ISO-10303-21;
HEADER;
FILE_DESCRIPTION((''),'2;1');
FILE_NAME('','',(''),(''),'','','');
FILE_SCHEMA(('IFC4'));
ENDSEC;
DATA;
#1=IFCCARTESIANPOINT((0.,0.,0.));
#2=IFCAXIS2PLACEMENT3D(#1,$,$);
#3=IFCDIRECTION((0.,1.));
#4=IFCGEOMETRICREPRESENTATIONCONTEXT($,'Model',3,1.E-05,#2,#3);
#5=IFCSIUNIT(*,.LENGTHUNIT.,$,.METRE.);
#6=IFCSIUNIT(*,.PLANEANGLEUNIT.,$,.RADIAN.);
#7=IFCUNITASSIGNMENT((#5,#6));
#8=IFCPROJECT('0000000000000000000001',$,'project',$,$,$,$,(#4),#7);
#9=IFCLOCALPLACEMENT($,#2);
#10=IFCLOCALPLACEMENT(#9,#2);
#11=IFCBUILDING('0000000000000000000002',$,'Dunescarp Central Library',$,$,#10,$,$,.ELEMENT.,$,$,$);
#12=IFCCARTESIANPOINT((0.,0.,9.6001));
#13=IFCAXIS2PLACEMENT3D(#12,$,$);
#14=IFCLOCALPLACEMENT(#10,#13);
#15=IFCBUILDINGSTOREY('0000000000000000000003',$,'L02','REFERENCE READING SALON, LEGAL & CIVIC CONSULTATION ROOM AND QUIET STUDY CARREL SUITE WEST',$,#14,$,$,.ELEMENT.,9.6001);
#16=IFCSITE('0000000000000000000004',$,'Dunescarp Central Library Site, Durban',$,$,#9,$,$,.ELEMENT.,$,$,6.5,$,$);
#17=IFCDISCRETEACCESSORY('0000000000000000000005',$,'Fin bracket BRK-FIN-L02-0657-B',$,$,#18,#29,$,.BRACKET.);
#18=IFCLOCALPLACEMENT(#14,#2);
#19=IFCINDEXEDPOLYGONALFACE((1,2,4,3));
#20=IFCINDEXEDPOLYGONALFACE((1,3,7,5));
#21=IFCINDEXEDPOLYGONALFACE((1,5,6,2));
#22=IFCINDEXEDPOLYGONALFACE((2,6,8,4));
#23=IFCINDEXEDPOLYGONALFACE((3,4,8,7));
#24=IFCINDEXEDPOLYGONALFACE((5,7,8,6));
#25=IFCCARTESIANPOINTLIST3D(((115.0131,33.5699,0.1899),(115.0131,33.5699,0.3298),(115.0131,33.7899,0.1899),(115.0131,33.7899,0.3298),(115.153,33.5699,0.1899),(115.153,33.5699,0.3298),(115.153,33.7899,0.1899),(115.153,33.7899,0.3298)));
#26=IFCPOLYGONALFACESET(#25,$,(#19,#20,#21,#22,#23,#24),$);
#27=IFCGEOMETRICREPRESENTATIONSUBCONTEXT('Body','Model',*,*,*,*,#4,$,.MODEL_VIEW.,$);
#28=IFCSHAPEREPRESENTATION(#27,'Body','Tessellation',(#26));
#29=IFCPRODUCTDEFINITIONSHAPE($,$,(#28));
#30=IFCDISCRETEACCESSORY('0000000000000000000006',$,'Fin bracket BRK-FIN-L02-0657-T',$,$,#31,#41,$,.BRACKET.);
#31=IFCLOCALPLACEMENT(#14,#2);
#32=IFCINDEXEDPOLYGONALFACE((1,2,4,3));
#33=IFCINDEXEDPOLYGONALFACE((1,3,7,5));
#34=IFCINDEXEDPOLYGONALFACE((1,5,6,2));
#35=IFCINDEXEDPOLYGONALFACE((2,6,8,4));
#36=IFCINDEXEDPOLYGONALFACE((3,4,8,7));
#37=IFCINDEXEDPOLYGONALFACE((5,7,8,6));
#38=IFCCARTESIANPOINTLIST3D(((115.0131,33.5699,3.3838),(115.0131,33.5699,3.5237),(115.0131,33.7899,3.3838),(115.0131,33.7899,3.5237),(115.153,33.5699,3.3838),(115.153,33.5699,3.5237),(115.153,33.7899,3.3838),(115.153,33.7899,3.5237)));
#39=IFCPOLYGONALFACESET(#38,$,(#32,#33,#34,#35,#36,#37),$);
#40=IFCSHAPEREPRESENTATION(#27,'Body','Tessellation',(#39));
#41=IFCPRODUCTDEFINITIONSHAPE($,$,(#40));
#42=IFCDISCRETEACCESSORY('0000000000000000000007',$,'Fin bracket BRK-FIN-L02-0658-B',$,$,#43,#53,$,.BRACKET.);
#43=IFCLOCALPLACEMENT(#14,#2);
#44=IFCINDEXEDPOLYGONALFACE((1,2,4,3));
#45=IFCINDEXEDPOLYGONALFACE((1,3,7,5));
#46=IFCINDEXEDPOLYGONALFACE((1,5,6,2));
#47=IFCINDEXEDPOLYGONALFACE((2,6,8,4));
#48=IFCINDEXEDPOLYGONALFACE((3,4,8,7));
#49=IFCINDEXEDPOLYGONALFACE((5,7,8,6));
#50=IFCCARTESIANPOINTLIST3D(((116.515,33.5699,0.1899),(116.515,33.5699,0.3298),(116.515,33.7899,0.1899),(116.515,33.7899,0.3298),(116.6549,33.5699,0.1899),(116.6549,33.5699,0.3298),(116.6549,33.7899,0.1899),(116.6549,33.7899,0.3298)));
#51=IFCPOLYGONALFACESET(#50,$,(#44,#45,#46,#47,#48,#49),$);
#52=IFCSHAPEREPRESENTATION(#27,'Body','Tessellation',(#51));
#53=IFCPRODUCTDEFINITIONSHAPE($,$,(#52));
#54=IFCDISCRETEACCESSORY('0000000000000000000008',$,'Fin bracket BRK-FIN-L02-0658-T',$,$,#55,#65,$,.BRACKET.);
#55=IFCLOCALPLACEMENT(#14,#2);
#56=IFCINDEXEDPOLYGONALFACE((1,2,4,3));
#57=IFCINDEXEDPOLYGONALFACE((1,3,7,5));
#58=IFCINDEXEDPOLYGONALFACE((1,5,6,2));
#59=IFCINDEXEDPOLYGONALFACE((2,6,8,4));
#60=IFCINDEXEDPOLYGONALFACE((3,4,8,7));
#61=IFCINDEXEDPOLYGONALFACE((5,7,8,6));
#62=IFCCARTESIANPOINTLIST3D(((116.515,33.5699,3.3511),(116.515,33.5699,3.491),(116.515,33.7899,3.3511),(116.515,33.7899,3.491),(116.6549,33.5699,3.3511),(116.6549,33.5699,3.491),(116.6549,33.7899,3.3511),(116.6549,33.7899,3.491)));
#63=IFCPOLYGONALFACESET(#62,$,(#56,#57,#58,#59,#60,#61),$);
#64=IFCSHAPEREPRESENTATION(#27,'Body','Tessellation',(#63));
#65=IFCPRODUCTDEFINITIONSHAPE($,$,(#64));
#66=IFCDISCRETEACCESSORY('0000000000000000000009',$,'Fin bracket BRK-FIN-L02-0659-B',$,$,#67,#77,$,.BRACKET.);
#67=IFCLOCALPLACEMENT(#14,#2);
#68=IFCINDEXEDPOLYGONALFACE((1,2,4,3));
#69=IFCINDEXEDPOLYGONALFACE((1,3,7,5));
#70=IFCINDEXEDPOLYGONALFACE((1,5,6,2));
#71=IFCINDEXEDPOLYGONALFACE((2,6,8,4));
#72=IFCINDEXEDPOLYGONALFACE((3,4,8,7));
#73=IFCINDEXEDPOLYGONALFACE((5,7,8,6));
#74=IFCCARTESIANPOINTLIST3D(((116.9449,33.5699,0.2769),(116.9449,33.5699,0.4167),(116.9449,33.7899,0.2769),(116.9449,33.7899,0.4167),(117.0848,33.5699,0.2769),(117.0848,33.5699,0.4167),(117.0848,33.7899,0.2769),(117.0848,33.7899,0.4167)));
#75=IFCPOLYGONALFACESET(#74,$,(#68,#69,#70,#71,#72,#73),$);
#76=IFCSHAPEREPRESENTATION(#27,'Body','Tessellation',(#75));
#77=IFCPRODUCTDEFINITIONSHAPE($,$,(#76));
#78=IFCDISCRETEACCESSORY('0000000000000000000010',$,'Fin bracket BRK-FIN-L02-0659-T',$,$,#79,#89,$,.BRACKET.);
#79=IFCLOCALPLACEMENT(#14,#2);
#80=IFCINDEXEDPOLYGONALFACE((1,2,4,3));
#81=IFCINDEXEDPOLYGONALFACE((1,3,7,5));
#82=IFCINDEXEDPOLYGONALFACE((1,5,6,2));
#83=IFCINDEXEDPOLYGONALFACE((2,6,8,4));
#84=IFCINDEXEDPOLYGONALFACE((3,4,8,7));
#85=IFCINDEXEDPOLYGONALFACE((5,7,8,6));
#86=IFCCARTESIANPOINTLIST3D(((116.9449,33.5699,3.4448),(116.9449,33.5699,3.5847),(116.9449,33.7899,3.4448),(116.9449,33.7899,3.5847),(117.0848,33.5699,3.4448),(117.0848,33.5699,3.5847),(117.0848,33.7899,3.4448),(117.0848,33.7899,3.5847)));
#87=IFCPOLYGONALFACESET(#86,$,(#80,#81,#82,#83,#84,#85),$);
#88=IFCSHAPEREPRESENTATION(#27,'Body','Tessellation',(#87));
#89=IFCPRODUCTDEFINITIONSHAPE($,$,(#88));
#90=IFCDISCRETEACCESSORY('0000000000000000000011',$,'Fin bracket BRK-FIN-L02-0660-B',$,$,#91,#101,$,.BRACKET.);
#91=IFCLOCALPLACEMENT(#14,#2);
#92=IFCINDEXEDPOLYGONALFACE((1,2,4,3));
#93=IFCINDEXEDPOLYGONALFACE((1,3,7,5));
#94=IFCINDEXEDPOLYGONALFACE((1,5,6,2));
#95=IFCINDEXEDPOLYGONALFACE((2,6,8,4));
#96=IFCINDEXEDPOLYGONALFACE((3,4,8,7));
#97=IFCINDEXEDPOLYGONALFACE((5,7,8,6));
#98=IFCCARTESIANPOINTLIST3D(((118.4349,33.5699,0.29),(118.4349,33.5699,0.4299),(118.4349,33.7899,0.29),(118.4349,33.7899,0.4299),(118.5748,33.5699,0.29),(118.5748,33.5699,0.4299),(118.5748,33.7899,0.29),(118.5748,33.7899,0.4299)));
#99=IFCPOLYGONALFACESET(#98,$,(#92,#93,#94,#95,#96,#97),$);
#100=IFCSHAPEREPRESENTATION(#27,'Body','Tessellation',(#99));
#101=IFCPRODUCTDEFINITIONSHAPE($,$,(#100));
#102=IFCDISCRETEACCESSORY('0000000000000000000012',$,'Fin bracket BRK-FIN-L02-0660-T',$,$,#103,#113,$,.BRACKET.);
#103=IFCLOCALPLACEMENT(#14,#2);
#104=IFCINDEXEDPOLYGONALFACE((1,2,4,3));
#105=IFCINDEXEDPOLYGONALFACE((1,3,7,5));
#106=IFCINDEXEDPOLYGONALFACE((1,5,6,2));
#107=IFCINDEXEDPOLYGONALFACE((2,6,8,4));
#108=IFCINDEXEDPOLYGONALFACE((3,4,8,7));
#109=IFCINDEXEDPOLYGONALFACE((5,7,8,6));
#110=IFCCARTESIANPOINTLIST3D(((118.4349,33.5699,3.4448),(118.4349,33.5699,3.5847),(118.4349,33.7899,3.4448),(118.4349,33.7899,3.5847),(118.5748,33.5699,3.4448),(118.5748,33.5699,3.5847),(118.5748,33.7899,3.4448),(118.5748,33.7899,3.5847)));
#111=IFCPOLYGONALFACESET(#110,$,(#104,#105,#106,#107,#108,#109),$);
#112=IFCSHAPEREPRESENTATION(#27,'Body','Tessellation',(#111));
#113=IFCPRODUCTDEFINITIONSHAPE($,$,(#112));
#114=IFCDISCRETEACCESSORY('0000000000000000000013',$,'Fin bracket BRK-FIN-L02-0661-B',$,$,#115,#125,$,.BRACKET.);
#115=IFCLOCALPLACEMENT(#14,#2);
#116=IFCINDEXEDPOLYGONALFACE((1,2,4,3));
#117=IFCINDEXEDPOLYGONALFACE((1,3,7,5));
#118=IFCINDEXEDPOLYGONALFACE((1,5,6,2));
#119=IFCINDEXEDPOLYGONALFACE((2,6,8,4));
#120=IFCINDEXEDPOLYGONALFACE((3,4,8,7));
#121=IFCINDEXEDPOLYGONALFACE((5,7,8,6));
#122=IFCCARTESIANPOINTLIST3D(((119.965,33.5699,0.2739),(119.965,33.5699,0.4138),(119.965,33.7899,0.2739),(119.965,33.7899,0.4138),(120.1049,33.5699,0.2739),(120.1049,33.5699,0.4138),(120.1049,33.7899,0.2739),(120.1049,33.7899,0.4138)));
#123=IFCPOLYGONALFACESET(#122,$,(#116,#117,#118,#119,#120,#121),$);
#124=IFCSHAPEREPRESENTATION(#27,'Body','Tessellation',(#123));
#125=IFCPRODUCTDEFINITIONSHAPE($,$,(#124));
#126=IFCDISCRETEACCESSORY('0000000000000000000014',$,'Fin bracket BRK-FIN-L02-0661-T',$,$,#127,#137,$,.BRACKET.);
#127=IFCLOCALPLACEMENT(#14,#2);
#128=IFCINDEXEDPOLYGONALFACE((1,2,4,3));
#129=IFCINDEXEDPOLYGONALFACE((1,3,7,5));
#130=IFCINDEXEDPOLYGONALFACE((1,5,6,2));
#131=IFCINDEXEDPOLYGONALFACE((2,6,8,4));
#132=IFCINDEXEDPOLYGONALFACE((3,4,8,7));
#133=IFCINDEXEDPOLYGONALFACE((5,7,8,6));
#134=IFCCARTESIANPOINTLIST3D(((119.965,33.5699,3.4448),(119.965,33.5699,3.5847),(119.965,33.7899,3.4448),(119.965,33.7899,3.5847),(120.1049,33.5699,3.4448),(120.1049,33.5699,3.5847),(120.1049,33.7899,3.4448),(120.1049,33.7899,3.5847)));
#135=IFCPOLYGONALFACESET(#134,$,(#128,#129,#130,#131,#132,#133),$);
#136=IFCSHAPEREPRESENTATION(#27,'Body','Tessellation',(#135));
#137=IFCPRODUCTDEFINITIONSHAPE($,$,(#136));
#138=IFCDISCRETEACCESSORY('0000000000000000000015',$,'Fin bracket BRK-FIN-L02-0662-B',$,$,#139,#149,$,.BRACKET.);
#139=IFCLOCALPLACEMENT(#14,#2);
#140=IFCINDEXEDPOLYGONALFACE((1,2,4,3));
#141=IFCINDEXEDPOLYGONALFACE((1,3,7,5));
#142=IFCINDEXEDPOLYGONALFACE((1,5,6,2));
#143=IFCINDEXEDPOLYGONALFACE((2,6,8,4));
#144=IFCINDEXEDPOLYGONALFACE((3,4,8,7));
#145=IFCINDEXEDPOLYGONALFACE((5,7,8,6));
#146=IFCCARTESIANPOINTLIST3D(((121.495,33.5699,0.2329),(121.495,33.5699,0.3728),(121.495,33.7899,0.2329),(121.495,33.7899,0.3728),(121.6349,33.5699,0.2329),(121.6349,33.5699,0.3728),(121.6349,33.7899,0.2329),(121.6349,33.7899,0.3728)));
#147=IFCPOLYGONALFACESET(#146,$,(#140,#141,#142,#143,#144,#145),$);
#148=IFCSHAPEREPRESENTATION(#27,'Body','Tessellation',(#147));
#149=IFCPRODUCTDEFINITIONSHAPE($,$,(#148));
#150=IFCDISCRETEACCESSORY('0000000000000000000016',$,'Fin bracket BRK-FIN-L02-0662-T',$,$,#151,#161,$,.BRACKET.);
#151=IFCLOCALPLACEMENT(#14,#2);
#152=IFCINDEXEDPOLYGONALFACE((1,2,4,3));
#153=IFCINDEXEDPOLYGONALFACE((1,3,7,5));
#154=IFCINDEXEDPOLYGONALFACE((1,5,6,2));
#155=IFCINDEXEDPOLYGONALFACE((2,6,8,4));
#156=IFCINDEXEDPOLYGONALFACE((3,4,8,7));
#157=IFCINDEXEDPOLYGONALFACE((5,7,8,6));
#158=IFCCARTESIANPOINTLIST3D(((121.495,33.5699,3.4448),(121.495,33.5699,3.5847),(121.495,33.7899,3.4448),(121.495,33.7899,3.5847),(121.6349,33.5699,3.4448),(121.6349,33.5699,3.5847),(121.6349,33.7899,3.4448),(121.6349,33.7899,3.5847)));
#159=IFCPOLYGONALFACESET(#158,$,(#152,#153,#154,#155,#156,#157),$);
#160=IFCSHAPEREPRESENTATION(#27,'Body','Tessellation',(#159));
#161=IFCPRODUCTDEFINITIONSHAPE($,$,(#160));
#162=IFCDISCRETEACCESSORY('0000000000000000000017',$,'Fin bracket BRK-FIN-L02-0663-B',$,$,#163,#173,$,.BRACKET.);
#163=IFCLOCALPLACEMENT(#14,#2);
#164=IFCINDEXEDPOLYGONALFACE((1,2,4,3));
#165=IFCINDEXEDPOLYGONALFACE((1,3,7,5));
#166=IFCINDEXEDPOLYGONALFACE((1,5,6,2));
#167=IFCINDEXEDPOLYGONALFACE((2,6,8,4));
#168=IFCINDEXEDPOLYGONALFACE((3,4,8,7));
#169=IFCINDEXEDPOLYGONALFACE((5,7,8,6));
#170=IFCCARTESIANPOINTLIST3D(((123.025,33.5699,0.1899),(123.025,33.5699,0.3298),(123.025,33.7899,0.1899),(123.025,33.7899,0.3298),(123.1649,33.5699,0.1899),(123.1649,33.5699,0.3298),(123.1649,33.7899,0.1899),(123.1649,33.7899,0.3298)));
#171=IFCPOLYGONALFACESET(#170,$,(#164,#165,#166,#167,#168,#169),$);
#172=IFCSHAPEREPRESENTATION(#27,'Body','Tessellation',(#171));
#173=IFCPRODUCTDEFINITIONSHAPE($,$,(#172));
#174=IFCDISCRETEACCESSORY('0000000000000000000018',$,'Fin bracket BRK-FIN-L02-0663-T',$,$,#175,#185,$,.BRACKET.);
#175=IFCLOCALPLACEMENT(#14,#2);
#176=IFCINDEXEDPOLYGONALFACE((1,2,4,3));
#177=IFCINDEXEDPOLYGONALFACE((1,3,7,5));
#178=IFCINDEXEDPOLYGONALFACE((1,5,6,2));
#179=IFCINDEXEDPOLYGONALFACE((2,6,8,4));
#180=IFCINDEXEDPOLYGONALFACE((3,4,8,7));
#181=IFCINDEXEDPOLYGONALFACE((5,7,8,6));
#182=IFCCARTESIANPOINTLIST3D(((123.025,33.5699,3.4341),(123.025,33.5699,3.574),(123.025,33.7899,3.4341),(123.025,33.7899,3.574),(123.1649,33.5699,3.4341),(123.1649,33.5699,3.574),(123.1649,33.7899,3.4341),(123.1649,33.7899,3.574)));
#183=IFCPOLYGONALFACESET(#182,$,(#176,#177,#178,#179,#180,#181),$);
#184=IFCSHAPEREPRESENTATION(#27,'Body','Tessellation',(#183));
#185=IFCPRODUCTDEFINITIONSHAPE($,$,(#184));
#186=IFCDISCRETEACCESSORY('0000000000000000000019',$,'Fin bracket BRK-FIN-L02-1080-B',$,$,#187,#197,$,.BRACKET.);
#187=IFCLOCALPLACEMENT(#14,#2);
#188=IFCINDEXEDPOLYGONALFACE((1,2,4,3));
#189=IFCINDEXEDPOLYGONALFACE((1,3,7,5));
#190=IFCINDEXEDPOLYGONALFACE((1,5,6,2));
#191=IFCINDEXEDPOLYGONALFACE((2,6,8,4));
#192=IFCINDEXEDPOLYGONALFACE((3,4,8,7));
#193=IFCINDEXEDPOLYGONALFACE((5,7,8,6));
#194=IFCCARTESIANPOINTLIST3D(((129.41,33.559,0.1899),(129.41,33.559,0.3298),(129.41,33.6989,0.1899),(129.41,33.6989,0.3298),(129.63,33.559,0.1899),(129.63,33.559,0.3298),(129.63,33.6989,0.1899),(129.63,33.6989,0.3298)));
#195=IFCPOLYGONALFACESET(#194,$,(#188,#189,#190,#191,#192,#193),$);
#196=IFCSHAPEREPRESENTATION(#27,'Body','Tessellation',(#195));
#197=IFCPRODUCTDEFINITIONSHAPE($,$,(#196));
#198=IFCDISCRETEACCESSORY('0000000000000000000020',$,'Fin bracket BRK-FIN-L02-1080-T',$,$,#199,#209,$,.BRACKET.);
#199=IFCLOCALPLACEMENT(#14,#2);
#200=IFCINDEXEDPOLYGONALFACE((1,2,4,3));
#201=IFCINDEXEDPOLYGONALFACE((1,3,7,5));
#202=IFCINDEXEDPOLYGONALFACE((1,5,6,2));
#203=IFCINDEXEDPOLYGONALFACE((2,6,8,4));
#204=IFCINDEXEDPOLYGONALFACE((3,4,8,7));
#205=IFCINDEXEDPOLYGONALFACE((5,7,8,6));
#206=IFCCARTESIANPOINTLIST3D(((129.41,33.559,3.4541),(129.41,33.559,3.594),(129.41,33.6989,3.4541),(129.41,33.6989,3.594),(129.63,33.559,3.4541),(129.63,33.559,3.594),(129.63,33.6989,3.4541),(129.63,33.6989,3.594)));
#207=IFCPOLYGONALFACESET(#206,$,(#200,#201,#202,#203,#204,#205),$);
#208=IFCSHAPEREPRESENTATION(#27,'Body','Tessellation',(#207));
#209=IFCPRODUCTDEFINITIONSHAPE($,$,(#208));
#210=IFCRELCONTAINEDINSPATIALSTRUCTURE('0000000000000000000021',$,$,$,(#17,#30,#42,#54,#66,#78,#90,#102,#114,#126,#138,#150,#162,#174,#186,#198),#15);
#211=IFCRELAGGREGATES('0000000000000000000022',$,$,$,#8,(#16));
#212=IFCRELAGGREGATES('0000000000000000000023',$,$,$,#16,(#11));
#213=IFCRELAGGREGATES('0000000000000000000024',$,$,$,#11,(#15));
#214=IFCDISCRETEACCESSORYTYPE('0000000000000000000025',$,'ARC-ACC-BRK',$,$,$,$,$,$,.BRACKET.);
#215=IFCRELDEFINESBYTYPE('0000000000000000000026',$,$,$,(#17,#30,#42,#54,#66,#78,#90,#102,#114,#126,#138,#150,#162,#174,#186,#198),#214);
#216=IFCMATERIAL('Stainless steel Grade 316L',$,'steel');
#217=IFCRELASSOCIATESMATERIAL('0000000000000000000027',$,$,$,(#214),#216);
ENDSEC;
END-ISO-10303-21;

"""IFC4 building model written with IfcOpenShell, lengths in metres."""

from ifc_helpers import new_model, si_unit, direction, frame, origin, origin_2d, place, context, subcontext, project, spatial, rectangle, extrude, material, type_object, element, save


model = new_model("IFC4")

# Units and contexts
model_context = context("Model", 3, precision=1e-05, world=origin(), true_north=direction((0.0, 1.0)))
body_context = subcontext(model_context, "Body", "Model", "MODEL_VIEW")
ifc_project = project(units=[si_unit("LENGTHUNIT", "METRE"), si_unit("PLANEANGLEUNIT", "RADIAN")], contexts=[model_context])

# Site, building, storey
site_placement = place(None, origin())
site = spatial("IfcSite", under=ifc_project, at=site_placement, Name="Dunescarp Central Library Site, Durban", CompositionType="ELEMENT", RefElevation=6.5)
building_placement = place(site_placement, origin())
building = spatial("IfcBuilding", under=site, at=building_placement, Name="Dunescarp Central Library", CompositionType="ELEMENT")
storey_placement = place(building_placement, frame((0.0, 0.0, 9.6001)))
storey = spatial("IfcBuildingStorey", under=building, at=storey_placement, Name="L02", Description="REFERENCE READING SALON, LEGAL & CIVIC CONSULTATION ROOM AND QUIET STUDY CARREL SUITE WEST", CompositionType="ELEMENT", Elevation=9.6001)

# Discrete accessories
ifc_material_1 = material(Name="Stainless steel Grade 316L", Category="steel")
discrete_accessory_type = type_object("IfcDiscreteAccessoryType", Name="ARC-ACC-BRK", PredefinedType="BRACKET", material=ifc_material_1)
for number, where, z_axis, x_axis, name in (
    (1, (115.083, 33.6799, 0.1899), (0.0, 0.0, 1.0), (0.0, 1.0, 0.0), "Fin bracket BRK-FIN-L02-0657-B"),
    (2, (115.083, 33.6799, 3.3838), (0.0, 0.0, 1.0), (0.0, 1.0, 0.0), "Fin bracket BRK-FIN-L02-0657-T"),
    (3, (116.585, 33.6799, 0.1899), (0.0, 0.0, 1.0), (0.0, 1.0, 0.0), "Fin bracket BRK-FIN-L02-0658-B"),
    (4, (116.585, 33.6799, 3.3511), (0.0, 0.0, 1.0), (0.0, 1.0, 0.0), "Fin bracket BRK-FIN-L02-0658-T"),
    (5, (117.0149, 33.6799, 0.2769), (0.0, 0.0, 1.0), (0.0, 1.0, 0.0), "Fin bracket BRK-FIN-L02-0659-B"),
    (6, (117.0149, 33.6799, 3.4448), (0.0, 0.0, 1.0), (0.0, 1.0, 0.0), "Fin bracket BRK-FIN-L02-0659-T"),
    (7, (118.5049, 33.6799, 0.29), (0.0, 0.0, 1.0), (0.0, 1.0, 0.0), "Fin bracket BRK-FIN-L02-0660-B"),
    (8, (118.5049, 33.6799, 3.4448), (0.0, 0.0, 1.0), (0.0, 1.0, 0.0), "Fin bracket BRK-FIN-L02-0660-T"),
    (9, (120.0349, 33.6799, 0.2739), (0.0, 0.0, 1.0), (0.0, 1.0, 0.0), "Fin bracket BRK-FIN-L02-0661-B"),
    (10, (120.0349, 33.6799, 3.4448), (0.0, 0.0, 1.0), (0.0, 1.0, 0.0), "Fin bracket BRK-FIN-L02-0661-T"),
    (11, (121.5649, 33.6799, 0.2329), (0.0, 0.0, 1.0), (0.0, 1.0, 0.0), "Fin bracket BRK-FIN-L02-0662-B"),
    (12, (121.5649, 33.6799, 3.4448), (0.0, 0.0, 1.0), (0.0, 1.0, 0.0), "Fin bracket BRK-FIN-L02-0662-T"),
    (13, (123.095, 33.6799, 0.1899), (0.0, 0.0, 1.0), (0.0, 1.0, 0.0), "Fin bracket BRK-FIN-L02-0663-B"),
    (14, (123.095, 33.6799, 3.4341), (0.0, 0.0, 1.0), (0.0, 1.0, 0.0), "Fin bracket BRK-FIN-L02-0663-T"),
    (15, (129.52, 33.6289, 0.1899), (0.0, 0.0, 1.0), (-1.0, 0.0, 0.0), "Fin bracket BRK-FIN-L02-1080-B"),
    (16, (129.52, 33.6289, 3.4541), (0.0, 0.0, 1.0), (-1.0, 0.0, 0.0), "Fin bracket BRK-FIN-L02-1080-T"),
):
    element("IfcDiscreteAccessory", number, at=place(storey_placement, frame(where, z_axis=z_axis, x_axis=x_axis)), inside=storey, type_object=discrete_accessory_type, Name=name, PredefinedType="BRACKET", context=body_context, shape_type="SweptSolid", body=[
        extrude(rectangle(XDim=0.22, YDim=0.1399, at=origin_2d()), origin(), (0.0, 0.0, 1.0), 0.1399),
    ])

save(model, "model.ifc")
